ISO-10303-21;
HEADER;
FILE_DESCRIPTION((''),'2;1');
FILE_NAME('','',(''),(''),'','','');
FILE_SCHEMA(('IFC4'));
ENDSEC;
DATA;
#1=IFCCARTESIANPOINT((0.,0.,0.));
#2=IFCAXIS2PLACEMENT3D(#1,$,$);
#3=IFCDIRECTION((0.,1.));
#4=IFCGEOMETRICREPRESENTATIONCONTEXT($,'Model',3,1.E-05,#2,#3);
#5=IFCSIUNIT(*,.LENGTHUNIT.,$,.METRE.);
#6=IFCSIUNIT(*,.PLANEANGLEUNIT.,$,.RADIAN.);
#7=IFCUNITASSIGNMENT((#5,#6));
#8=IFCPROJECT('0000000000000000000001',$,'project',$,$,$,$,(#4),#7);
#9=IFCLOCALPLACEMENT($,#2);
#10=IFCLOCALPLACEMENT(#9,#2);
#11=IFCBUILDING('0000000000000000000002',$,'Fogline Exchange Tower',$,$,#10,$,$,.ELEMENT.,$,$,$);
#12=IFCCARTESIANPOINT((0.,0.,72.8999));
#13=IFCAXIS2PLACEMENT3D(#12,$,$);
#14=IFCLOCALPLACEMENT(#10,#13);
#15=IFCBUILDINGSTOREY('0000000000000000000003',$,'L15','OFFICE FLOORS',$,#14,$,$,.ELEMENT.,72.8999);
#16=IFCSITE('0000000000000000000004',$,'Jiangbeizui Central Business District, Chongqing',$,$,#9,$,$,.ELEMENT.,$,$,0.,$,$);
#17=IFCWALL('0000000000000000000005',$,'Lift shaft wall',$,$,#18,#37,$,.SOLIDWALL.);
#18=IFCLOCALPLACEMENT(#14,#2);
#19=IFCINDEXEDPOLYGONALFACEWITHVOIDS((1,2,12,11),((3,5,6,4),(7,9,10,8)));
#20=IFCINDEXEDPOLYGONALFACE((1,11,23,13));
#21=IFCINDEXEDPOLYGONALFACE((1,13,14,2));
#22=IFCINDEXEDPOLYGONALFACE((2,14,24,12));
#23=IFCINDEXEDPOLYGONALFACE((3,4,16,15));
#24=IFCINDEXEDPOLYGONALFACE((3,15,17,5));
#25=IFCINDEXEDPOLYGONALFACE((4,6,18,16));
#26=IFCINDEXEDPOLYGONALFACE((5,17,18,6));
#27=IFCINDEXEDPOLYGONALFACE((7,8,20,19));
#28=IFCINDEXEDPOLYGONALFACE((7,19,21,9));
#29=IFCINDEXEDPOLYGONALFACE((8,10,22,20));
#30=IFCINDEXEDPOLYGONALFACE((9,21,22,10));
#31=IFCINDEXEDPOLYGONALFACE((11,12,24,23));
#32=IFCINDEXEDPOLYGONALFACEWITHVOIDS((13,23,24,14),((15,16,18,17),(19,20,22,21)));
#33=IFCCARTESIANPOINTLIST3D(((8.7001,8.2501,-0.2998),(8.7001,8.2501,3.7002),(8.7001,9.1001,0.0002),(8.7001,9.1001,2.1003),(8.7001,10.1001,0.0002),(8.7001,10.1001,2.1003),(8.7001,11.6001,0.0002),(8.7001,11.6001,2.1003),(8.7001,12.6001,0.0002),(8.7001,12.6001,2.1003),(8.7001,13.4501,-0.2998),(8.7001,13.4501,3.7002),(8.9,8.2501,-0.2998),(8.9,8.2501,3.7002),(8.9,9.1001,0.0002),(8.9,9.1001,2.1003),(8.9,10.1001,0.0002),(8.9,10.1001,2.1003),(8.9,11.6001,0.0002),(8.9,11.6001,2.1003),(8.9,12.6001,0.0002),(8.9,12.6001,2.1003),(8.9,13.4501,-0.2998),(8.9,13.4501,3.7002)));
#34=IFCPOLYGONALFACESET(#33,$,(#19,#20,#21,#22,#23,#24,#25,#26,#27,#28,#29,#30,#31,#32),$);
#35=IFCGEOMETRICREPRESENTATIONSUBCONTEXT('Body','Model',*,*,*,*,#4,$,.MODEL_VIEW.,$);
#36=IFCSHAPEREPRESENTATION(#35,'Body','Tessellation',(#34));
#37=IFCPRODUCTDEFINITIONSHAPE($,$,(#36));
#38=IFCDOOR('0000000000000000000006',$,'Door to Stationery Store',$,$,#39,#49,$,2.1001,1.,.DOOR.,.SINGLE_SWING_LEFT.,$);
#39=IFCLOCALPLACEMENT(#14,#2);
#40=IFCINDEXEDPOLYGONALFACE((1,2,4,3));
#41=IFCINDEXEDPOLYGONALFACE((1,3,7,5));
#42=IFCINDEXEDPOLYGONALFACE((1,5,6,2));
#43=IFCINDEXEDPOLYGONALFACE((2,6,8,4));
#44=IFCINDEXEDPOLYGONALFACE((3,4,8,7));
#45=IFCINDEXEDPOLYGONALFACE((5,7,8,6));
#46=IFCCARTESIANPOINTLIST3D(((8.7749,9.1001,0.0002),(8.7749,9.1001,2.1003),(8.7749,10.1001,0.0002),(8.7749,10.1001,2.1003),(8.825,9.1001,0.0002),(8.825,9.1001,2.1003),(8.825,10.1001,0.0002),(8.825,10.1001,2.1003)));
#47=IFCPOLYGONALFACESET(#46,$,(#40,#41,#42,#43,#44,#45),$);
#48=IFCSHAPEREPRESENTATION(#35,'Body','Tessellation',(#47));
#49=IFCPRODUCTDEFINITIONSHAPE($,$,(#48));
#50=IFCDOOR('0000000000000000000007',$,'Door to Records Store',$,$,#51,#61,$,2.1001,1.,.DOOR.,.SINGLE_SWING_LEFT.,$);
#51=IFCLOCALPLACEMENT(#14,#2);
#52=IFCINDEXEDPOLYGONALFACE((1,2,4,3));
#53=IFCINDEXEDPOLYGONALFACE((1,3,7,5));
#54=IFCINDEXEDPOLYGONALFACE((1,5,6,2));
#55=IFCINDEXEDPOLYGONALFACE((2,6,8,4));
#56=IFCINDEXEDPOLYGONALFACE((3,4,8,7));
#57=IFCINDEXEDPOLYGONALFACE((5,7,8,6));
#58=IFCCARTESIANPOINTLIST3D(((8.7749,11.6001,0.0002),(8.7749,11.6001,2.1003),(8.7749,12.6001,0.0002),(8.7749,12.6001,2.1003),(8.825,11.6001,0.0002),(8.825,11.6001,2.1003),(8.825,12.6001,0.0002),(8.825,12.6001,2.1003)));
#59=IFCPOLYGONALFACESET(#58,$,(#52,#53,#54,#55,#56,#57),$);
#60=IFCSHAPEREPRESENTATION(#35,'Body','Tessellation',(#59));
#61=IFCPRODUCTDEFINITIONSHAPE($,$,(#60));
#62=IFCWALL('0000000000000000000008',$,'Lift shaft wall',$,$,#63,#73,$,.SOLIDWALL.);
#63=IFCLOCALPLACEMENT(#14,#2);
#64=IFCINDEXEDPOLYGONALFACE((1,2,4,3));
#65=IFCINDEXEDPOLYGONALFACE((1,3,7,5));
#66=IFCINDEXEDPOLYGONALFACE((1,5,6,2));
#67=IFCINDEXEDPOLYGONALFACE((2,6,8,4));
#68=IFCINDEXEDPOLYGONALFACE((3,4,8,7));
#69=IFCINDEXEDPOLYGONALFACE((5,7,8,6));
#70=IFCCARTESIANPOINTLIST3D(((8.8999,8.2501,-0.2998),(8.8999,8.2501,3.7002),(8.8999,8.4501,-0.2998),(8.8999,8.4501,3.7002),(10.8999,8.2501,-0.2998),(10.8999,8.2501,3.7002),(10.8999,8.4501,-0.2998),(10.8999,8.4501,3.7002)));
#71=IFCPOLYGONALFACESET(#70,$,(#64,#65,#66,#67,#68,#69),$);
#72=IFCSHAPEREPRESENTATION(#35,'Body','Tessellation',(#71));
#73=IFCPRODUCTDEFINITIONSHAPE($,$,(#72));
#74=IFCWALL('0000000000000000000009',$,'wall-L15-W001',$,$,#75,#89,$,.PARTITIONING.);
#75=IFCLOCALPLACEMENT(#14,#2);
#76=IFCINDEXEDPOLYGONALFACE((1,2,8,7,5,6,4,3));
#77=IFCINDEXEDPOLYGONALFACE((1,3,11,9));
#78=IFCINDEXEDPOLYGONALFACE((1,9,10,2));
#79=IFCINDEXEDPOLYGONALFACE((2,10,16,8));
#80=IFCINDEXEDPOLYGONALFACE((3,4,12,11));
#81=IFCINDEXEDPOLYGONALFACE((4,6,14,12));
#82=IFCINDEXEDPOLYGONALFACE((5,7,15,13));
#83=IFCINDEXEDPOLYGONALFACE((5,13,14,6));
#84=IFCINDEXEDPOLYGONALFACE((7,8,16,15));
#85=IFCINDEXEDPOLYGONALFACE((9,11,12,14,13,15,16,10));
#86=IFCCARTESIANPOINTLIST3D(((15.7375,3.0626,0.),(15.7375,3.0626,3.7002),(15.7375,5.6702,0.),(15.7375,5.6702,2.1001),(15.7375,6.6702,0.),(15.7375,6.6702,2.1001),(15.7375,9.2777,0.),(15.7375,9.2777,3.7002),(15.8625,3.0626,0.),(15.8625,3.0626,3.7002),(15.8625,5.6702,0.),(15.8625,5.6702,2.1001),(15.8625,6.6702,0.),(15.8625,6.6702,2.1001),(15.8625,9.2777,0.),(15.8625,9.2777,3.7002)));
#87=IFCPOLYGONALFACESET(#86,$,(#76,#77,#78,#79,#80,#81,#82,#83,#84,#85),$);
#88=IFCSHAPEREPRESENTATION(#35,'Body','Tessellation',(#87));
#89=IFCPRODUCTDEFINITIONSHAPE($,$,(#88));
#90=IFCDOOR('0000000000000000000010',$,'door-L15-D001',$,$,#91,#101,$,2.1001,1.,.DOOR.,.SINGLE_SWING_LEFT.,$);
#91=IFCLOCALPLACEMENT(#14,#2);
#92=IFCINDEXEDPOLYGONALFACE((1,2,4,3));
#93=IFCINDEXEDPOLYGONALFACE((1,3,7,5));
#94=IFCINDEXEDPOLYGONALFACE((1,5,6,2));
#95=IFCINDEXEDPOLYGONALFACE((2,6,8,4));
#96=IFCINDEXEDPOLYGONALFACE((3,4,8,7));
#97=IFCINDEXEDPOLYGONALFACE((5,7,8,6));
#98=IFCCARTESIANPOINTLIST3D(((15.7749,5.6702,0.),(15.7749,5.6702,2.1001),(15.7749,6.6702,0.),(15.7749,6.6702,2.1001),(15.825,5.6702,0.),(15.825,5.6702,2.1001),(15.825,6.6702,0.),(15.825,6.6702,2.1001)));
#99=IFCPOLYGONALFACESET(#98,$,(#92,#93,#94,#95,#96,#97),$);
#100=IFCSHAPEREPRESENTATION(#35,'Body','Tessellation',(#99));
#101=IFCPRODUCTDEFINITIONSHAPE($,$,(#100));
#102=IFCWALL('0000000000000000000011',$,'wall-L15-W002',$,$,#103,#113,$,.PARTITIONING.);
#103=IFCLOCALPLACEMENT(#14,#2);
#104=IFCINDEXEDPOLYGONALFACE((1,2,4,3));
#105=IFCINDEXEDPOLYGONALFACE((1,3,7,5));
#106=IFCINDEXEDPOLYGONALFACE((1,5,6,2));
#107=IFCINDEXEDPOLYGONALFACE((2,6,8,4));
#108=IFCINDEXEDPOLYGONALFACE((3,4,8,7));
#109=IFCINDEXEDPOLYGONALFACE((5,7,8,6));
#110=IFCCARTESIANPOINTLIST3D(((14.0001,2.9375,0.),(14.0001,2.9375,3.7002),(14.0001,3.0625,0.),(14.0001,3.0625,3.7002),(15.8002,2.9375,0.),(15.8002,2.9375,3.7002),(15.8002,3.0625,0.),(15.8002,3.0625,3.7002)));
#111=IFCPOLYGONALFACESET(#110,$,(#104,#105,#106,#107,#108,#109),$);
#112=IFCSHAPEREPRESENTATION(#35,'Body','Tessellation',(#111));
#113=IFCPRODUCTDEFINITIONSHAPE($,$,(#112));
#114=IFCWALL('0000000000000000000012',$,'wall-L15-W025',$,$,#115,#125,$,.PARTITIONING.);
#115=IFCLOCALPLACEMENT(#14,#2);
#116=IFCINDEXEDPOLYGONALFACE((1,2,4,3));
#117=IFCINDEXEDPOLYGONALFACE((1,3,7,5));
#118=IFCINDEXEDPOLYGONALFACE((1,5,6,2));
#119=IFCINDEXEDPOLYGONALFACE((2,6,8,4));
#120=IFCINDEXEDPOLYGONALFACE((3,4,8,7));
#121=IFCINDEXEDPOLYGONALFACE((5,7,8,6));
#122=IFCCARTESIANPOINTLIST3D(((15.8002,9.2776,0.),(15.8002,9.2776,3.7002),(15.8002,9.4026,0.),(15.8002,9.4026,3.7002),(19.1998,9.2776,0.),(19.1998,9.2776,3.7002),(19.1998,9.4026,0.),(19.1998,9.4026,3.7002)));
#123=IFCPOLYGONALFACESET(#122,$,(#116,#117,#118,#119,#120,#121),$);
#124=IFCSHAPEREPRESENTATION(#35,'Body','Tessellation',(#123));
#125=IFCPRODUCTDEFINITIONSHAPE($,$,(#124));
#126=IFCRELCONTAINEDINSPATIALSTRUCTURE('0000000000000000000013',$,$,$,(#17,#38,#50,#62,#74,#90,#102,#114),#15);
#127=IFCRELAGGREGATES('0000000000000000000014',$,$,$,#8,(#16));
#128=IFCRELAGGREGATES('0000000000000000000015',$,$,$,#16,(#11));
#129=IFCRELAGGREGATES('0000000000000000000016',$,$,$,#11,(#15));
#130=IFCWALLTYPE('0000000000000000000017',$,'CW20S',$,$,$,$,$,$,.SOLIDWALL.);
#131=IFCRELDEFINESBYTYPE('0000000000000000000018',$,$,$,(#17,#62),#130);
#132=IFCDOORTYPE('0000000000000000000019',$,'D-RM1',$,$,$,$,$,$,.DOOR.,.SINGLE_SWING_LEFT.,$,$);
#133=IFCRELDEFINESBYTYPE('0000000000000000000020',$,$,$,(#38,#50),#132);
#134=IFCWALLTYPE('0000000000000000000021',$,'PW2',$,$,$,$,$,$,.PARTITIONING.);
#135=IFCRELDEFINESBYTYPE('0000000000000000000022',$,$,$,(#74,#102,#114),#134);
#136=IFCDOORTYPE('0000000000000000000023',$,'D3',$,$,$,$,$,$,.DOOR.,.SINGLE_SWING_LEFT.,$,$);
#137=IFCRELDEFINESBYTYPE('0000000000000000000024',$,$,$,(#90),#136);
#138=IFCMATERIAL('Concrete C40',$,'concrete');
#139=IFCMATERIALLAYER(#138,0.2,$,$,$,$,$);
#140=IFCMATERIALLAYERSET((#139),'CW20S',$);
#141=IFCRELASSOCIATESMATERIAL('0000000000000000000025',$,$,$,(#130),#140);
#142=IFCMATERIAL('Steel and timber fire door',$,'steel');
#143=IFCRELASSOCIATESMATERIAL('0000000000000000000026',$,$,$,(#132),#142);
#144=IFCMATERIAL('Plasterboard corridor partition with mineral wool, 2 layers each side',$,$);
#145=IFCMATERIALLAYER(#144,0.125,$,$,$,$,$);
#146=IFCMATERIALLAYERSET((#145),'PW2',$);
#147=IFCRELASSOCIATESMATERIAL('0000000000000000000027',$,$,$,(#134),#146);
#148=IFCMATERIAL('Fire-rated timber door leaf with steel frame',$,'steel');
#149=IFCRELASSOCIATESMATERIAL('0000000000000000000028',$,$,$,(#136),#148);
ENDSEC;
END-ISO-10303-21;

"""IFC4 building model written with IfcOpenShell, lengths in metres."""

from ifc_helpers import new_model, si_unit, direction, frame, frame_2d, origin, place, context, subcontext, project, spatial, rectangle, extrude, material, layer, layer_set, type_object, element, fill, save


model = new_model("IFC4")

# Units and contexts
model_context = context("Model", 3, precision=1e-05, world=origin(), true_north=direction((0.0, 1.0)))
body_context = subcontext(model_context, "Body", "Model", "MODEL_VIEW")
ifc_project = project(units=[si_unit("LENGTHUNIT", "METRE"), si_unit("PLANEANGLEUNIT", "RADIAN")], contexts=[model_context])

# Site, building, storey
site_placement = place(None, origin())
site = spatial("IfcSite", under=ifc_project, at=site_placement, Name="Jiangbeizui Central Business District, Chongqing", CompositionType="ELEMENT", RefElevation=0.0)
building_placement = place(site_placement, origin())
building = spatial("IfcBuilding", under=site, at=building_placement, Name="Fogline Exchange Tower", CompositionType="ELEMENT")
storey_placement = place(building_placement, frame((0.0, 0.0, 72.8999)))
storey = spatial("IfcBuildingStorey", under=building, at=storey_placement, Name="L15", Description="OFFICE FLOORS", CompositionType="ELEMENT", Elevation=72.8999)

# Shared definitions
ifc_material_1 = material(Name="Concrete C40", Category="concrete")

# Shared definitions
ifc_material_2 = material(Name="Steel and timber fire door", Category="steel")

# Wall, openings, doors
ifc_layer_1 = layer(ifc_material_1, 0.2)
ifc_layer_set_1 = layer_set([ifc_layer_1], Name="CW20S")
wall_type_1 = type_object("IfcWallType", Name="CW20S", PredefinedType="SOLIDWALL", material=ifc_layer_set_1)
wall_1_placement = place(storey_placement, frame((8.8, 8.25, -0.2998), z_axis=(0.0, 0.0, 1.0), x_axis=(0.0, 1.0, 0.0)))
wall_1 = element("IfcWall", 1, at=wall_1_placement, inside=storey, type_object=wall_type_1, Name="Lift shaft wall", PredefinedType="SOLIDWALL", context=body_context, shape_type="SweptSolid", body=[
    extrude(rectangle(XDim=5.2, YDim=0.2, at=frame_2d((2.6001, 0.0))), origin(), (0.0, 0.0, 1.0), 4.0),
])
opening_1_placement = place(wall_1_placement, frame((0.8501, 0.0, 0.3)))
opening_1 = element("IfcOpeningElement", 2, at=opening_1_placement, cuts=wall_1, PredefinedType="OPENING", context=body_context, shape_type="SweptSolid", body=[
    extrude(rectangle(XDim=1.0, YDim=2.1001, at=frame_2d((0.5, 1.05))), frame((0.0, 0.1099, 0.0), z_axis=(0.0, -1.0, 0.0), x_axis=(1.0, 0.0, 0.0)), (0.0, 0.0, 1.0), 0.22),
])
opening_2_placement = place(wall_1_placement, frame((3.3501, 0.0, 0.3)))
opening_2 = element("IfcOpeningElement", 3, at=opening_2_placement, cuts=wall_1, PredefinedType="OPENING", context=body_context, shape_type="SweptSolid", body=[
    extrude(rectangle(XDim=1.0, YDim=2.1001, at=frame_2d((0.5, 1.05))), frame((0.0, 0.1099, 0.0), z_axis=(0.0, -1.0, 0.0), x_axis=(1.0, 0.0, 0.0)), (0.0, 0.0, 1.0), 0.22),
])
door_type_1 = type_object("IfcDoorType", Name="D-RM1", OperationType="SINGLE_SWING_LEFT", PredefinedType="DOOR", material=ifc_material_2)
door_1_placement = place(opening_1_placement, frame((1.0, 0.0, 0.0), z_axis=(0.0, 0.0, 1.0), x_axis=(-1.0, 0.0, 0.0)))
door_1 = element("IfcDoor", 4, at=door_1_placement, inside=storey, type_object=door_type_1, Name="Door to Stationery Store", OperationType="SINGLE_SWING_LEFT", OverallHeight=2.1001, OverallWidth=1.0, PredefinedType="DOOR", context=body_context, shape_type="SweptSolid", body=[
    extrude(rectangle(XDim=1.0, YDim=2.1001, at=frame_2d((0.5, 1.05))), frame((0.0, 0.0249, 0.0), z_axis=(0.0, -1.0, 0.0), x_axis=(1.0, 0.0, 0.0)), (0.0, 0.0, 1.0), 0.05),
])
fill(opening_1, door_1)
door_2_placement = place(opening_2_placement, frame((1.0, 0.0, 0.0), z_axis=(0.0, 0.0, 1.0), x_axis=(-1.0, 0.0, 0.0)))
door_2 = element("IfcDoor", 5, at=door_2_placement, inside=storey, type_object=door_type_1, Name="Door to Records Store", OperationType="SINGLE_SWING_LEFT", OverallHeight=2.1001, OverallWidth=1.0, PredefinedType="DOOR", context=body_context, shape_type="SweptSolid", body=[
    extrude(rectangle(XDim=1.0, YDim=2.1001, at=frame_2d((0.5, 1.05))), frame((0.0, 0.0249, 0.0), z_axis=(0.0, -1.0, 0.0), x_axis=(1.0, 0.0, 0.0)), (0.0, 0.0, 1.0), 0.05),
])
fill(opening_2, door_2)

# Wall
wall_2_placement = place(storey_placement, frame((8.8999, 8.3501, -0.2998), z_axis=(0.0, 0.0, 1.0), x_axis=(1.0, 0.0, 0.0)))
element("IfcWall", 6, at=wall_2_placement, inside=storey, type_object=wall_type_1, Name="Lift shaft wall", PredefinedType="SOLIDWALL", context=body_context, shape_type="SweptSolid", body=[
    extrude(rectangle(XDim=2.0, YDim=0.2, at=frame_2d((1.0, 0.0))), origin(), (0.0, 0.0, 1.0), 4.0),
])

# Wall, opening, door
ifc_material_3 = material(Name="Plasterboard corridor partition with mineral wool, 2 layers each side")
ifc_layer_2 = layer(ifc_material_3, 0.125)
ifc_layer_set_2 = layer_set([ifc_layer_2], Name="PW2")
wall_type_2 = type_object("IfcWallType", Name="PW2", PredefinedType="PARTITIONING", material=ifc_layer_set_2)
wall_3_placement = place(storey_placement, frame((15.8, 9.2776, 0.0), z_axis=(0.0, 0.0, 1.0), x_axis=(0.0, -1.0, 0.0)))
wall_3 = element("IfcWall", 7, at=wall_3_placement, inside=storey, type_object=wall_type_2, Name="wall-L15-W001", PredefinedType="PARTITIONING", context=body_context, shape_type="SweptSolid", body=[
    extrude(rectangle(XDim=6.2151, YDim=0.125, at=frame_2d((3.1074, 0.0))), origin(), (0.0, 0.0, 1.0), 3.7002),
])
opening_3_placement = place(wall_3_placement, frame((2.6074, 0.0, 0.0)))
opening_3 = element("IfcOpeningElement", 8, at=opening_3_placement, cuts=wall_3, PredefinedType="OPENING", context=body_context, shape_type="SweptSolid", body=[
    extrude(rectangle(XDim=1.0, YDim=2.1001, at=frame_2d((0.5, 1.05))), frame((0.0, 0.0725, 0.0), z_axis=(0.0, -1.0, 0.0), x_axis=(1.0, 0.0, 0.0)), (0.0, 0.0, 1.0), 0.145),
])
ifc_material_4 = material(Name="Fire-rated timber door leaf with steel frame", Category="steel")
door_type_2 = type_object("IfcDoorType", Name="D3", OperationType="SINGLE_SWING_LEFT", PredefinedType="DOOR", material=ifc_material_4)
door_3_placement = place(opening_3_placement, origin())
door_3 = element("IfcDoor", 9, at=door_3_placement, inside=storey, type_object=door_type_2, Name="door-L15-D001", OperationType="SINGLE_SWING_LEFT", OverallHeight=2.1001, OverallWidth=1.0, PredefinedType="DOOR", context=body_context, shape_type="SweptSolid", body=[
    extrude(rectangle(XDim=1.0, YDim=2.1001, at=frame_2d((0.5, 1.05))), frame((0.0, 0.0249, 0.0), z_axis=(0.0, -1.0, 0.0), x_axis=(1.0, 0.0, 0.0)), (0.0, 0.0, 1.0), 0.05),
])
fill(opening_3, door_3)

# Walls
wall_4_placement = place(storey_placement, frame((15.8, 3.0, 0.0), z_axis=(0.0, 0.0, 1.0), x_axis=(-1.0, 0.0, 0.0)))
element("IfcWall", 10, at=wall_4_placement, inside=storey, type_object=wall_type_2, Name="wall-L15-W002", PredefinedType="PARTITIONING", context=body_context, shape_type="SweptSolid", body=[
    extrude(rectangle(XDim=1.8, YDim=0.125, at=frame_2d((0.8999, 0.0))), origin(), (0.0, 0.0, 1.0), 3.7002),
])
wall_5_placement = place(storey_placement, frame((19.1997, 9.3401, 0.0), z_axis=(0.0, 0.0, 1.0), x_axis=(-1.0, 0.0, 0.0)))
element("IfcWall", 11, at=wall_5_placement, inside=storey, type_object=wall_type_2, Name="wall-L15-W025", PredefinedType="PARTITIONING", context=body_context, shape_type="SweptSolid", body=[
    extrude(rectangle(XDim=3.3997, YDim=0.125, at=frame_2d((1.6997, 0.0))), origin(), (0.0, 0.0, 1.0), 3.7002),
])

save(model, "model.ifc")
